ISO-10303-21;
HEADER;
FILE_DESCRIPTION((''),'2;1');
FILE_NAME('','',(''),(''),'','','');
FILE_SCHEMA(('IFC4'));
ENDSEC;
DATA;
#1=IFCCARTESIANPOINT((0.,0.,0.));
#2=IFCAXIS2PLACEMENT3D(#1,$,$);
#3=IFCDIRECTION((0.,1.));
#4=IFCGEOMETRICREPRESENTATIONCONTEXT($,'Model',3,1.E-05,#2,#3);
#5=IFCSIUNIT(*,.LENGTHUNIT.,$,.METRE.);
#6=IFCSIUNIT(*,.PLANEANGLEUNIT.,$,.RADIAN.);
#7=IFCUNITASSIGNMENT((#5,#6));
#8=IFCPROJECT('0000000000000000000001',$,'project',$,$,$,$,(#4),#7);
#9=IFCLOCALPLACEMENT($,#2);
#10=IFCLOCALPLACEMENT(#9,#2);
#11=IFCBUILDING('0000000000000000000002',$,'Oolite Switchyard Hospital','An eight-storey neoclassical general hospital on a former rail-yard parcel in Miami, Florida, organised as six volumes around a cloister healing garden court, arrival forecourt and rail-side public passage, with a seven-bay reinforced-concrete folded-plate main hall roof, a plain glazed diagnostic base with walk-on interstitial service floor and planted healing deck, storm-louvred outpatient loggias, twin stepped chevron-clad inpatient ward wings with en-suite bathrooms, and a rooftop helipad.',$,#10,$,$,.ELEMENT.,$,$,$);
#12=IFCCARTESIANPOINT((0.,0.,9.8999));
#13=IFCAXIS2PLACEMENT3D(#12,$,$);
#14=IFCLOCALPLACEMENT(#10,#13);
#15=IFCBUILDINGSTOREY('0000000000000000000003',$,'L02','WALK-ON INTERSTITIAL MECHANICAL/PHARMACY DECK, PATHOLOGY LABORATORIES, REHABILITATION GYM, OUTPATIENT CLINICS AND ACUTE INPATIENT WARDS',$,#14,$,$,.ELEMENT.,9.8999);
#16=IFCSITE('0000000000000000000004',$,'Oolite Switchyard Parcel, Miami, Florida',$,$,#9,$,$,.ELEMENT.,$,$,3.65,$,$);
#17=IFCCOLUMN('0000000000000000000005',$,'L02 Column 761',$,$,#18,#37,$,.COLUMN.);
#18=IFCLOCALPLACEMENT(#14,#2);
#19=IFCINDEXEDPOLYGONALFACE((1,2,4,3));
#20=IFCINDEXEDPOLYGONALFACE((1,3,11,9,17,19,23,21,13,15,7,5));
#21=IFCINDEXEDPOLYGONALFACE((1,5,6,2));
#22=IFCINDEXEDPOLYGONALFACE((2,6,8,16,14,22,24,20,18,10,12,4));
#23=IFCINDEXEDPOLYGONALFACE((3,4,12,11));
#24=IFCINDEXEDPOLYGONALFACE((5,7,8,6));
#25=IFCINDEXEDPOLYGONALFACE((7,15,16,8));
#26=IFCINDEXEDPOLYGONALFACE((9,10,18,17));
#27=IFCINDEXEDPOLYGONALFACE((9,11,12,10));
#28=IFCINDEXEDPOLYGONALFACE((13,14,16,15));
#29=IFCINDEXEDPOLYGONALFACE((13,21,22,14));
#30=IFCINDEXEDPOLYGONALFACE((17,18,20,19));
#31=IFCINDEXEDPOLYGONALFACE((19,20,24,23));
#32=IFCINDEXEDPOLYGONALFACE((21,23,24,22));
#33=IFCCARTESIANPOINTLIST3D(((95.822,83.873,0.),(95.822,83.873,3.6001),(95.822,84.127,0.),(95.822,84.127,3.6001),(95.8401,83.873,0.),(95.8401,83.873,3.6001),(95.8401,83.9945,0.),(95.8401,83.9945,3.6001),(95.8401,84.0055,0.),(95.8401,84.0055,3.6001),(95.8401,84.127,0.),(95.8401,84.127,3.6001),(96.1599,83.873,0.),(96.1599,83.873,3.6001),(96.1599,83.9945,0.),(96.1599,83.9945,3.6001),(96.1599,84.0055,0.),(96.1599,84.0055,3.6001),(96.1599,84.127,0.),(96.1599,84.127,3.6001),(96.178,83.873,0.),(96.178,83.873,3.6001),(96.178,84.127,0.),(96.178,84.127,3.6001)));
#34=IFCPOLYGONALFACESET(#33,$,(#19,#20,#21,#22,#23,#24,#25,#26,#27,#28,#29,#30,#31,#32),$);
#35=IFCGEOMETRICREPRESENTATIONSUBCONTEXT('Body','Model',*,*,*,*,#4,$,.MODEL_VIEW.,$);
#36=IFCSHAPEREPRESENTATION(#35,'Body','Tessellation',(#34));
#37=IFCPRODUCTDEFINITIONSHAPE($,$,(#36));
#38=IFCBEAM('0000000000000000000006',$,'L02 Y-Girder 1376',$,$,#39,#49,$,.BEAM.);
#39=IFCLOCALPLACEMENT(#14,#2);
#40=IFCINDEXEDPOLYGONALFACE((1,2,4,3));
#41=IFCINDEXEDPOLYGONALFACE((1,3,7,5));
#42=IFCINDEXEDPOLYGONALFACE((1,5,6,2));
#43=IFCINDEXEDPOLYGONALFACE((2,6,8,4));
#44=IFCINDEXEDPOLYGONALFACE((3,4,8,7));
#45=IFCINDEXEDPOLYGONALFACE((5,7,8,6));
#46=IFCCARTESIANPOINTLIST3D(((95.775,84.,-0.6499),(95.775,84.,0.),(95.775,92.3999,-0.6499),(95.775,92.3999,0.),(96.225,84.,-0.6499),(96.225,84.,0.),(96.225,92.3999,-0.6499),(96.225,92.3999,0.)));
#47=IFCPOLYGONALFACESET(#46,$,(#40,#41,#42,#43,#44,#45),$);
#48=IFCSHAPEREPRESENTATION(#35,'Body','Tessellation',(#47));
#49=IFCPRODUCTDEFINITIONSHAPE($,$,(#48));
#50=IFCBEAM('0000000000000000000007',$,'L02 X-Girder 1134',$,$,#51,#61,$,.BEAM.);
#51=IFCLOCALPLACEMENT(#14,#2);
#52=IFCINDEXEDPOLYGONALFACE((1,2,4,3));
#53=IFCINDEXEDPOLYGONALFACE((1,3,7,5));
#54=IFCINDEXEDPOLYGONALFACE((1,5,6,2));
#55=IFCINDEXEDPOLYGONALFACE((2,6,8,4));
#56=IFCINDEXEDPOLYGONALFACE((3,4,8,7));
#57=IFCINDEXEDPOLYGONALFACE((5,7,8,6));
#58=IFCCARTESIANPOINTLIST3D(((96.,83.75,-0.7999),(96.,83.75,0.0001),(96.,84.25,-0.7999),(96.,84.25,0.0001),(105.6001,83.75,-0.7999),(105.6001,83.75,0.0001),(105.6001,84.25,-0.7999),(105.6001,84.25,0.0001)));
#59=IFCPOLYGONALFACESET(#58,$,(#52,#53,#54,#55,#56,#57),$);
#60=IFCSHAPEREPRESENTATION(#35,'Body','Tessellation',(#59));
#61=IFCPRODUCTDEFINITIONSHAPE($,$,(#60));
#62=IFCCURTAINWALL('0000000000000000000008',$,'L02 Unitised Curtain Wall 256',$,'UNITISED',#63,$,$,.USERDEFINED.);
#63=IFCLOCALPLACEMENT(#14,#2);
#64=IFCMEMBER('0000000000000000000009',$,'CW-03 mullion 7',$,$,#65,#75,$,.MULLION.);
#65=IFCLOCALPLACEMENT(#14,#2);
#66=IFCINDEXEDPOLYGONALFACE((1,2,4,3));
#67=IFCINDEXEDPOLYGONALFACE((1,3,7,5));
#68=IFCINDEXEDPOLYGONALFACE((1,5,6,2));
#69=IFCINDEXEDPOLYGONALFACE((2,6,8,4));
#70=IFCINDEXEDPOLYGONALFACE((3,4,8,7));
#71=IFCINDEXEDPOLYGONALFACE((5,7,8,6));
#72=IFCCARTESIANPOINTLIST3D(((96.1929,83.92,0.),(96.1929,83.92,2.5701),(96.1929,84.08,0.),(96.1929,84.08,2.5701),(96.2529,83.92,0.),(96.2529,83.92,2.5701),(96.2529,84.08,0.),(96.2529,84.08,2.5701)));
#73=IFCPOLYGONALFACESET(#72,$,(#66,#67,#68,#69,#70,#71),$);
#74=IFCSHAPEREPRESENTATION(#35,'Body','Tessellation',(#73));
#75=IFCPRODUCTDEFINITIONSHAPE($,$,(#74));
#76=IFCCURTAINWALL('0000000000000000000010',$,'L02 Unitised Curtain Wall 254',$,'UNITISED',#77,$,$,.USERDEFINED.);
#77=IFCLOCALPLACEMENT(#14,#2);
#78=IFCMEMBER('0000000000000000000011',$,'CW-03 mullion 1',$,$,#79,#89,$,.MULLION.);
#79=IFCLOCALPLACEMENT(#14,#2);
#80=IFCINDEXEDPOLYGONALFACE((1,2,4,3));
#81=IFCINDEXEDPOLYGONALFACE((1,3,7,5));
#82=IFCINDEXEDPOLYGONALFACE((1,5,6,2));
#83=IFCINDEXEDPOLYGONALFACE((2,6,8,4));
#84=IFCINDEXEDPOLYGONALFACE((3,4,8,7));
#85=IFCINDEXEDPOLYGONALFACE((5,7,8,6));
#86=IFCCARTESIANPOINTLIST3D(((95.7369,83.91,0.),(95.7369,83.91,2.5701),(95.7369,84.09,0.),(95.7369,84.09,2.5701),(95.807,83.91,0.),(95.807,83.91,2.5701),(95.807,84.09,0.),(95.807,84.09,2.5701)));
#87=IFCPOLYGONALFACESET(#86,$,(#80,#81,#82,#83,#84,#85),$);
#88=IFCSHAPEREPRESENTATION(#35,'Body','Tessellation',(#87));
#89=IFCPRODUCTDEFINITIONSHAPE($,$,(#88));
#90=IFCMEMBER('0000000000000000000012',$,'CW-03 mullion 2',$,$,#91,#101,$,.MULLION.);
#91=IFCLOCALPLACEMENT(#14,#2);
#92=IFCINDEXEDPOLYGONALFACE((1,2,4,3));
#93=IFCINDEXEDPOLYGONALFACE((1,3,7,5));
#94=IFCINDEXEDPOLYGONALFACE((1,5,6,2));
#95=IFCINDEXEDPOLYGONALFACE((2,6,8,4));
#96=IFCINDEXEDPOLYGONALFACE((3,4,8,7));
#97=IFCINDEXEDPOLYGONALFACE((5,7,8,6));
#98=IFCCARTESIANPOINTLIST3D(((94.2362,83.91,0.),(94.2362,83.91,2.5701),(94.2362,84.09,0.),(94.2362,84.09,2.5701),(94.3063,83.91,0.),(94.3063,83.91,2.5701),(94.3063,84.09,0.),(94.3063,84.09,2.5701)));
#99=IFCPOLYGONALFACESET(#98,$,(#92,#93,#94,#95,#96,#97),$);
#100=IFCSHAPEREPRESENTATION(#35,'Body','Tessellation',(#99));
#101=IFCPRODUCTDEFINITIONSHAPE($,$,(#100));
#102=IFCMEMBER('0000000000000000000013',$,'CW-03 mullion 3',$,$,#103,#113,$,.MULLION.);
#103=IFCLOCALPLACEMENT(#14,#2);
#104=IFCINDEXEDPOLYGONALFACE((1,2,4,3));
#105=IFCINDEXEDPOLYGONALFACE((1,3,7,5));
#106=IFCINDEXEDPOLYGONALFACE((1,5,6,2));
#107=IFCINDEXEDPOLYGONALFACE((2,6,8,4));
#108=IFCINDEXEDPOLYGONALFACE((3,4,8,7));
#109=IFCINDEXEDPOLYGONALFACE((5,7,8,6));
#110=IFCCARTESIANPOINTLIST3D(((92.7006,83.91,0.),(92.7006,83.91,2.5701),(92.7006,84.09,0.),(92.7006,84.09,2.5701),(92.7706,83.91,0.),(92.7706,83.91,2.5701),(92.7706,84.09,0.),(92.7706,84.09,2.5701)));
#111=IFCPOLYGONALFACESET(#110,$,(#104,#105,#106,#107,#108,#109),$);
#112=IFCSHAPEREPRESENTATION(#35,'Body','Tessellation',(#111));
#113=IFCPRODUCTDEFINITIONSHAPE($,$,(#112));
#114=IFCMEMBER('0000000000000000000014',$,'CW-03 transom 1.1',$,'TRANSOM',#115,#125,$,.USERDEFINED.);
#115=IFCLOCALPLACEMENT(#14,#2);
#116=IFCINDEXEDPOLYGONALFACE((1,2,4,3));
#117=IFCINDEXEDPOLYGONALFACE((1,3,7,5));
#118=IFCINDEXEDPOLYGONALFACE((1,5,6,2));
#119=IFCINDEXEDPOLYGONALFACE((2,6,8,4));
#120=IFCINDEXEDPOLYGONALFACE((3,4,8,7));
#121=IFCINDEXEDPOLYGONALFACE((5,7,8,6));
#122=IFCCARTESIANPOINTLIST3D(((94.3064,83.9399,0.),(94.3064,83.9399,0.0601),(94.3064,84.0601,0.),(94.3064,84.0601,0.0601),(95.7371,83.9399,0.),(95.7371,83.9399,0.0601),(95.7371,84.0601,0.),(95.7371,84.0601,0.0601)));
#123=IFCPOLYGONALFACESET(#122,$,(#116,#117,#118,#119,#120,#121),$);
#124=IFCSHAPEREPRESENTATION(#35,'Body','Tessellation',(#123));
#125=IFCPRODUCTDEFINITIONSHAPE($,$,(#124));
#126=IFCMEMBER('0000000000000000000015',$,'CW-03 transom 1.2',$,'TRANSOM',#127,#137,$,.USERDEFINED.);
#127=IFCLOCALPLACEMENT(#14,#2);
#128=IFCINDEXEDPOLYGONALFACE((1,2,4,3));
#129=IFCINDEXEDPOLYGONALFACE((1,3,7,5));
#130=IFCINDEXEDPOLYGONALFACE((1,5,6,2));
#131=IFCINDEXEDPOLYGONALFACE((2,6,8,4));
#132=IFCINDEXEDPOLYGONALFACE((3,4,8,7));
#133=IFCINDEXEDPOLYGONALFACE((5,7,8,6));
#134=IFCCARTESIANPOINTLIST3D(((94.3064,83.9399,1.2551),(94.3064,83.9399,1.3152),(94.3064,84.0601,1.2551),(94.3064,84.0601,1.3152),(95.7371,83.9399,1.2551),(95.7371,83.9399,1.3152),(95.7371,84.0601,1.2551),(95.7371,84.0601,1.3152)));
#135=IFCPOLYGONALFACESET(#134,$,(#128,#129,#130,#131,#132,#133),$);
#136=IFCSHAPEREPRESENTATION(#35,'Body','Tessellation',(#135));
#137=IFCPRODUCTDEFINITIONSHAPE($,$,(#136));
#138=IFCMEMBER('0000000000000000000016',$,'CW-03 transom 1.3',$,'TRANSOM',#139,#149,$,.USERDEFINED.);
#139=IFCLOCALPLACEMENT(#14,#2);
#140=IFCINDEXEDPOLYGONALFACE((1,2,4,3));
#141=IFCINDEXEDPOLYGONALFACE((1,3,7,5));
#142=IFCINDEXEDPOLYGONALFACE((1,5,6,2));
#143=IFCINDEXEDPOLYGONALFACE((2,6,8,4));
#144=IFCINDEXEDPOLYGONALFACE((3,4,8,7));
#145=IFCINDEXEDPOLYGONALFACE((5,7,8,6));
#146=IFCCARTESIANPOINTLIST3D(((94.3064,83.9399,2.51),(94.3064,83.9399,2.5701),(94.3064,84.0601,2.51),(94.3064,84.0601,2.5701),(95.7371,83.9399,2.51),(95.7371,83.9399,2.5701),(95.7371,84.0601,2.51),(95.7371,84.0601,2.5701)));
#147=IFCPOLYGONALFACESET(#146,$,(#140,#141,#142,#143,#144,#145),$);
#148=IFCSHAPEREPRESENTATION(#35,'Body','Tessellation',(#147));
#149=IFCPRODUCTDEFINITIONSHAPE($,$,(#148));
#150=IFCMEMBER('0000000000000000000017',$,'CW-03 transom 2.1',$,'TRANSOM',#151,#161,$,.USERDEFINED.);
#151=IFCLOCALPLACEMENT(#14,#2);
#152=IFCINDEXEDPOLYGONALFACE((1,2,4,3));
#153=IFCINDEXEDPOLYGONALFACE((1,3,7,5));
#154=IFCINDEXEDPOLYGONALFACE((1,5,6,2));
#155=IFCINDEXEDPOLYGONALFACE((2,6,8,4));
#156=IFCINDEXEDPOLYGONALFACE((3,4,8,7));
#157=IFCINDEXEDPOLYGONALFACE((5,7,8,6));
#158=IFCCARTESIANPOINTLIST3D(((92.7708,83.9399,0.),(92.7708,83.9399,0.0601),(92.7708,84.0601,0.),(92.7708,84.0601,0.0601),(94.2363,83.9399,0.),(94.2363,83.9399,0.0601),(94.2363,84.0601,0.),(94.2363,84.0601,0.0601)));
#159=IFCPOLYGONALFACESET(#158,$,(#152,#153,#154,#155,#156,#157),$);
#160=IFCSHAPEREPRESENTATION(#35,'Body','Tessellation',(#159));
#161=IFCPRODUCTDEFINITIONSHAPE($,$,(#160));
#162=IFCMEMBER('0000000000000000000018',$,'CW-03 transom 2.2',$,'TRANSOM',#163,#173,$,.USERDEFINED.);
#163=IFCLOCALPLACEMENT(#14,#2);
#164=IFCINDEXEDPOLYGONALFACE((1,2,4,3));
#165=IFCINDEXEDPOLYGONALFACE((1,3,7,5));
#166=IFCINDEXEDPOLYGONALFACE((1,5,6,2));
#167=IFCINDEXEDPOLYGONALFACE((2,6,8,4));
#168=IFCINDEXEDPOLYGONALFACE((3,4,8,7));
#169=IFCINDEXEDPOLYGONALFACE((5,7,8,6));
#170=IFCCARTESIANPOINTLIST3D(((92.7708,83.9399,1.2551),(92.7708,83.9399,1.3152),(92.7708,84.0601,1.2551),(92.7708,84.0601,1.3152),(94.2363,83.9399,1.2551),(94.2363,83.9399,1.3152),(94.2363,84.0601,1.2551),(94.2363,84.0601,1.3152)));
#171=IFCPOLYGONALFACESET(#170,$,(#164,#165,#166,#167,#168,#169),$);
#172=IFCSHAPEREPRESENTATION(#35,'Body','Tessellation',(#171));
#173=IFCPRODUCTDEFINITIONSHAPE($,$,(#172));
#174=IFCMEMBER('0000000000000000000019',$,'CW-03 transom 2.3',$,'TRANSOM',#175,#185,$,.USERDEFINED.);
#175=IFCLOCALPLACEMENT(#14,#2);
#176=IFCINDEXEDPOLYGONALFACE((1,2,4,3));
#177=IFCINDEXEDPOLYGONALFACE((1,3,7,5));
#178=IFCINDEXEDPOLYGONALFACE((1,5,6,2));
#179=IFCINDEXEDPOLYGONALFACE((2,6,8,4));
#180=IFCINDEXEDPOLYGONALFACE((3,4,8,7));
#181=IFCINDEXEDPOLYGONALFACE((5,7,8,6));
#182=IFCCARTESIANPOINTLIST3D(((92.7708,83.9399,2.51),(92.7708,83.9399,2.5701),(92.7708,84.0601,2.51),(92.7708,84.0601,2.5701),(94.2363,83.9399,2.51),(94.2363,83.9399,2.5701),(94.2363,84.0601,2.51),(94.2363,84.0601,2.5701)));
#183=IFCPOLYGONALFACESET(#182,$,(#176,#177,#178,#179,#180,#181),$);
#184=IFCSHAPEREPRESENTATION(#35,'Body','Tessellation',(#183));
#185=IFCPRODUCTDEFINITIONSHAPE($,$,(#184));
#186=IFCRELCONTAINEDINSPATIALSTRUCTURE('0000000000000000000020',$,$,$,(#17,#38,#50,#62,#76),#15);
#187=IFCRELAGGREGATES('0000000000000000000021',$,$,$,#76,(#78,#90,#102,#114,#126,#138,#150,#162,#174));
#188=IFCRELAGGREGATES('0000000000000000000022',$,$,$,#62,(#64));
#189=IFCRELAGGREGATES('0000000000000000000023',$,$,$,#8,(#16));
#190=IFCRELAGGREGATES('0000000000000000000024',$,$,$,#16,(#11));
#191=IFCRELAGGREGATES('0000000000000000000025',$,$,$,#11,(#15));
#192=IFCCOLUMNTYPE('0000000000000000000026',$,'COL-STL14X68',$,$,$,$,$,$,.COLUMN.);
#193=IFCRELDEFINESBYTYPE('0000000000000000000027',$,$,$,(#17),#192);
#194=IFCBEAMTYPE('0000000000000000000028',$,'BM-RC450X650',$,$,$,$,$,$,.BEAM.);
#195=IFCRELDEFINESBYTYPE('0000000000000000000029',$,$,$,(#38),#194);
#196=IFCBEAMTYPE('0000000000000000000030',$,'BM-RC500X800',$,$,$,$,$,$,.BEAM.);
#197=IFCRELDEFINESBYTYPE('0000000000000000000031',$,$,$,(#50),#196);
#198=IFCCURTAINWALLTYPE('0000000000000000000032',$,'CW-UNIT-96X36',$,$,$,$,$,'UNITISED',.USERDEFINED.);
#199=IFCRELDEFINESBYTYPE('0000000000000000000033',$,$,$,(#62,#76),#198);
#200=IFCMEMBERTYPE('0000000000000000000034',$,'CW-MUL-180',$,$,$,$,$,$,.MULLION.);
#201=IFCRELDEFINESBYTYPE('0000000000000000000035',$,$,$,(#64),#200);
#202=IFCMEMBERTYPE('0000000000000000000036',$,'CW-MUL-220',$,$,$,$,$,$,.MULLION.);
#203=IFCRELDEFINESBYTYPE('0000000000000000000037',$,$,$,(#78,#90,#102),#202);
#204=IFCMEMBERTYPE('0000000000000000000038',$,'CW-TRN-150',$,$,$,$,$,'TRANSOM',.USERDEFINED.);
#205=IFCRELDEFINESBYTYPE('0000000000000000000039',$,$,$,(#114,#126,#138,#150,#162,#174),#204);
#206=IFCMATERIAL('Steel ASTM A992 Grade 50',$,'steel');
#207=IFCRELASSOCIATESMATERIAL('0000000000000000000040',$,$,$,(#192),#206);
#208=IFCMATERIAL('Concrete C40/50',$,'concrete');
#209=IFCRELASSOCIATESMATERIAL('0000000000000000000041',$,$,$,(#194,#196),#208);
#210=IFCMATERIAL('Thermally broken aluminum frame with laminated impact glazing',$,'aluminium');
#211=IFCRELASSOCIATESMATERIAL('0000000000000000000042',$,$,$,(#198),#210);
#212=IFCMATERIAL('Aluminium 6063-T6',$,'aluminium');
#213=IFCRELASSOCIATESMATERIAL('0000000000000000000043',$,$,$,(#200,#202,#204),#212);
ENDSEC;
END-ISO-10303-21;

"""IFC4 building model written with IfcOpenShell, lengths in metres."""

from ifc_helpers import new_model, si_unit, direction, frame, origin, origin_2d, place, context, subcontext, project, spatial, rectangle, i_section, extrude, material, material_profile, profile_set, type_object, element, aggregate, save


model = new_model("IFC4")

# Units and contexts
model_context = context("Model", 3, precision=1e-05, world=origin(), true_north=direction((0.0, 1.0)))
body_context = subcontext(model_context, "Body", "Model", "MODEL_VIEW")
ifc_project = project(units=[si_unit("LENGTHUNIT", "METRE"), si_unit("PLANEANGLEUNIT", "RADIAN")], contexts=[model_context])

# Site, building, storey
site_placement = place(None, origin())
site = spatial("IfcSite", under=ifc_project, at=site_placement, Name="Oolite Switchyard Parcel, Miami, Florida", CompositionType="ELEMENT", RefElevation=3.65)
building_placement = place(site_placement, origin())
building = spatial("IfcBuilding", under=site, at=building_placement, Name="Oolite Switchyard Hospital", Description="An eight-storey neoclassical general hospital on a former rail-yard parcel in Miami, Florida, organised as six volumes around a cloister healing garden court, arrival forecourt and rail-side public passage, with a seven-bay reinforced-concrete folded-plate main hall roof, a plain glazed diagnostic base with walk-on interstitial service floor and planted healing deck, storm-louvred outpatient loggias, twin stepped chevron-clad inpatient ward wings with en-suite bathrooms, and a rooftop helipad.", CompositionType="ELEMENT")
storey_placement = place(building_placement, frame((0.0, 0.0, 9.8999)))
storey = spatial("IfcBuildingStorey", under=building, at=storey_placement, Name="L02", Description="WALK-ON INTERSTITIAL MECHANICAL/PHARMACY DECK, PATHOLOGY LABORATORIES, REHABILITATION GYM, OUTPATIENT CLINICS AND ACUTE INPATIENT WARDS", CompositionType="ELEMENT", Elevation=9.8999)

# Column
ifc_material_1 = material(Name="Steel ASTM A992 Grade 50", Category="steel")
ifc_material_profile_1 = material_profile(ifc_material_1, i_section(OverallWidth=0.2539, OverallDepth=0.356, WebThickness=0.011, FlangeThickness=0.0181, at=origin_2d()), Name="W14X68")
ifc_profile_set_1 = profile_set([ifc_material_profile_1], Name="Steel ASTM A992 Grade 50")
column_type = type_object("IfcColumnType", Name="COL-STL14X68", PredefinedType="COLUMN", material=ifc_profile_set_1)
column_placement = place(storey_placement, frame((96.0, 84.0, 0.0), z_axis=(0.0, 0.0, 1.0), x_axis=(0.0, -1.0, 0.0)))
element("IfcColumn", 1, at=column_placement, inside=storey, type_object=column_type, Name="L02 Column 761", PredefinedType="COLUMN", context=body_context, shape_type="SweptSolid", body=[
    extrude(i_section(OverallWidth=0.2539, OverallDepth=0.356, WebThickness=0.011, FlangeThickness=0.0181, at=origin_2d()), origin(), (0.0, 0.0, 1.0), 3.6001),
])

# Beams
ifc_material_2 = material(Name="Concrete C40/50", Category="concrete")
ifc_material_profile_2 = material_profile(ifc_material_2, rectangle(XDim=0.45, YDim=0.6499, at=origin_2d()), Name="RCB450X650")
ifc_profile_set_2 = profile_set([ifc_material_profile_2], Name="Concrete C40/50")
beam_type_1 = type_object("IfcBeamType", Name="BM-RC450X650", PredefinedType="BEAM", material=ifc_profile_set_2)
beam_1_placement = place(storey_placement, frame((96.0, 84.0, -0.325), z_axis=(0.0, 1.0, 0.0), x_axis=(-1.0, 0.0, 0.0)))
element("IfcBeam", 2, at=beam_1_placement, inside=storey, type_object=beam_type_1, Name="L02 Y-Girder 1376", PredefinedType="BEAM", context=body_context, shape_type="SweptSolid", body=[
    extrude(rectangle(XDim=0.45, YDim=0.6499, at=origin_2d()), origin(), (0.0, 0.0, 1.0), 8.3999),
])
ifc_material_profile_3 = material_profile(ifc_material_2, rectangle(XDim=0.5, YDim=0.8, at=origin_2d()), Name="RCB500X800")
ifc_profile_set_3 = profile_set([ifc_material_profile_3], Name="Concrete C40/50")
beam_type_2 = type_object("IfcBeamType", Name="BM-RC500X800", PredefinedType="BEAM", material=ifc_profile_set_3)
beam_2_placement = place(storey_placement, frame((96.0, 84.0, -0.3999), z_axis=(1.0, 0.0, 0.0), x_axis=(0.0, 1.0, 0.0)))
element("IfcBeam", 3, at=beam_2_placement, inside=storey, type_object=beam_type_2, Name="L02 X-Girder 1134", PredefinedType="BEAM", context=body_context, shape_type="SweptSolid", body=[
    extrude(rectangle(XDim=0.5, YDim=0.8, at=origin_2d()), origin(), (0.0, 0.0, 1.0), 9.6001),
])

# Curtain wall, member
ifc_material_3 = material(Name="Thermally broken aluminum frame with laminated impact glazing", Category="aluminium")
curtain_wall_type = type_object("IfcCurtainWallType", Name="CW-UNIT-96X36", ElementType="UNITISED", PredefinedType="USERDEFINED", material=ifc_material_3)
curtain_wall_1_placement = place(storey_placement, origin())
curtain_wall_1 = element("IfcCurtainWall", 4, at=curtain_wall_1_placement, inside=storey, type_object=curtain_wall_type, Name="L02 Unitised Curtain Wall 256", ObjectType="UNITISED", PredefinedType="USERDEFINED")
ifc_material_4 = material(Name="Aluminium 6063-T6", Category="aluminium")
ifc_material_profile_4 = material_profile(ifc_material_4, rectangle(XDim=0.1599, YDim=0.0601, at=origin_2d()), Name="CWM60X160")
ifc_profile_set_4 = profile_set([ifc_material_profile_4], Name="Aluminium 6063-T6")
member_type_1 = type_object("IfcMemberType", Name="CW-MUL-180", PredefinedType="MULLION", material=ifc_profile_set_4)
member_1_placement = place(storey_placement, frame((96.2229, 84.0, 0.0), z_axis=(0.0, 0.0, 1.0), x_axis=(0.0, -1.0, 0.0)))
member_1 = element("IfcMember", 5, at=member_1_placement, type_object=member_type_1, Name="CW-03 mullion 7", PredefinedType="MULLION", context=body_context, shape_type="SweptSolid", body=[
    extrude(rectangle(XDim=0.1599, YDim=0.0601, at=origin_2d()), origin(), (0.0, 0.0, 1.0), 2.5701),
])

# Curtain wall, members
curtain_wall_2_placement = place(storey_placement, origin())
curtain_wall_2 = element("IfcCurtainWall", 6, at=curtain_wall_2_placement, inside=storey, type_object=curtain_wall_type, Name="L02 Unitised Curtain Wall 254", ObjectType="UNITISED", PredefinedType="USERDEFINED")
ifc_material_profile_5 = material_profile(ifc_material_4, rectangle(XDim=0.1799, YDim=0.0701, at=origin_2d()), Name="CWM70X180")
ifc_profile_set_5 = profile_set([ifc_material_profile_5], Name="Aluminium 6063-T6")
member_type_2 = type_object("IfcMemberType", Name="CW-MUL-220", PredefinedType="MULLION", material=ifc_profile_set_5)
member_2_placement = place(storey_placement, frame((95.772, 84.0, 0.0), z_axis=(0.0, 0.0, 1.0), x_axis=(0.0, -1.0, 0.0)))
member_2 = element("IfcMember", 7, at=member_2_placement, type_object=member_type_2, Name="CW-03 mullion 1", PredefinedType="MULLION", context=body_context, shape_type="SweptSolid", body=[
    extrude(rectangle(XDim=0.1799, YDim=0.0701, at=origin_2d()), origin(), (0.0, 0.0, 1.0), 2.5701),
])
member_3_placement = place(storey_placement, frame((94.2712, 84.0, 0.0), z_axis=(0.0, 0.0, 1.0), x_axis=(0.0, -1.0, 0.0)))
member_3 = element("IfcMember", 8, at=member_3_placement, type_object=member_type_2, Name="CW-03 mullion 2", PredefinedType="MULLION", context=body_context, shape_type="SweptSolid", body=[
    extrude(rectangle(XDim=0.1799, YDim=0.0701, at=origin_2d()), origin(), (0.0, 0.0, 1.0), 2.5701),
])
member_4_placement = place(storey_placement, frame((92.7356, 84.0, 0.0), z_axis=(0.0, 0.0, 1.0), x_axis=(0.0, -1.0, 0.0)))
member_4 = element("IfcMember", 9, at=member_4_placement, type_object=member_type_2, Name="CW-03 mullion 3", PredefinedType="MULLION", context=body_context, shape_type="SweptSolid", body=[
    extrude(rectangle(XDim=0.1799, YDim=0.0701, at=origin_2d()), origin(), (0.0, 0.0, 1.0), 2.5701),
])
ifc_material_profile_6 = material_profile(ifc_material_4, rectangle(XDim=0.1201, YDim=0.0601, at=origin_2d()), Name="CWT60X120")
ifc_profile_set_6 = profile_set([ifc_material_profile_6], Name="Aluminium 6063-T6")
member_type_3 = type_object("IfcMemberType", Name="CW-TRN-150", ElementType="TRANSOM", PredefinedType="USERDEFINED", material=ifc_profile_set_6)
member_5_placement = place(storey_placement, frame((95.7371, 84.0, 0.03), z_axis=(-1.0, 0.0, 0.0), x_axis=(0.0, -1.0, 0.0)))
member_5 = element("IfcMember", 10, at=member_5_placement, type_object=member_type_3, Name="CW-03 transom 1.1", ObjectType="TRANSOM", PredefinedType="USERDEFINED", context=body_context, shape_type="SweptSolid", body=[
    extrude(rectangle(XDim=0.1201, YDim=0.0601, at=origin_2d()), origin(), (0.0, 0.0, 1.0), 1.4307),
])
member_6_placement = place(storey_placement, frame((95.7371, 84.0, 1.2852), z_axis=(-1.0, 0.0, 0.0), x_axis=(0.0, -1.0, 0.0)))
member_6 = element("IfcMember", 11, at=member_6_placement, type_object=member_type_3, Name="CW-03 transom 1.2", ObjectType="TRANSOM", PredefinedType="USERDEFINED", context=body_context, shape_type="SweptSolid", body=[
    extrude(rectangle(XDim=0.1201, YDim=0.0601, at=origin_2d()), origin(), (0.0, 0.0, 1.0), 1.4307),
])
member_7_placement = place(storey_placement, frame((95.7371, 84.0, 2.54), z_axis=(-1.0, 0.0, 0.0), x_axis=(0.0, -1.0, 0.0)))
member_7 = element("IfcMember", 12, at=member_7_placement, type_object=member_type_3, Name="CW-03 transom 1.3", ObjectType="TRANSOM", PredefinedType="USERDEFINED", context=body_context, shape_type="SweptSolid", body=[
    extrude(rectangle(XDim=0.1201, YDim=0.0601, at=origin_2d()), origin(), (0.0, 0.0, 1.0), 1.4307),
])
member_8_placement = place(storey_placement, frame((94.2363, 84.0, 0.03), z_axis=(-1.0, 0.0, 0.0), x_axis=(0.0, -1.0, 0.0)))
member_8 = element("IfcMember", 13, at=member_8_placement, type_object=member_type_3, Name="CW-03 transom 2.1", ObjectType="TRANSOM", PredefinedType="USERDEFINED", context=body_context, shape_type="SweptSolid", body=[
    extrude(rectangle(XDim=0.1201, YDim=0.0601, at=origin_2d()), origin(), (0.0, 0.0, 1.0), 1.4656),
])
member_9_placement = place(storey_placement, frame((94.2363, 84.0, 1.2852), z_axis=(-1.0, 0.0, 0.0), x_axis=(0.0, -1.0, 0.0)))
member_9 = element("IfcMember", 14, at=member_9_placement, type_object=member_type_3, Name="CW-03 transom 2.2", ObjectType="TRANSOM", PredefinedType="USERDEFINED", context=body_context, shape_type="SweptSolid", body=[
    extrude(rectangle(XDim=0.1201, YDim=0.0601, at=origin_2d()), origin(), (0.0, 0.0, 1.0), 1.4656),
])
member_10_placement = place(storey_placement, frame((94.2363, 84.0, 2.54), z_axis=(-1.0, 0.0, 0.0), x_axis=(0.0, -1.0, 0.0)))
member_10 = element("IfcMember", 15, at=member_10_placement, type_object=member_type_3, Name="CW-03 transom 2.3", ObjectType="TRANSOM", PredefinedType="USERDEFINED", context=body_context, shape_type="SweptSolid", body=[
    extrude(rectangle(XDim=0.1201, YDim=0.0601, at=origin_2d()), origin(), (0.0, 0.0, 1.0), 1.4656),
])
aggregate(curtain_wall_2, [member_2, member_3, member_4, member_5, member_6, member_7, member_8, member_9, member_10])

aggregate(curtain_wall_1, [member_1])

save(model, "model.ifc")
